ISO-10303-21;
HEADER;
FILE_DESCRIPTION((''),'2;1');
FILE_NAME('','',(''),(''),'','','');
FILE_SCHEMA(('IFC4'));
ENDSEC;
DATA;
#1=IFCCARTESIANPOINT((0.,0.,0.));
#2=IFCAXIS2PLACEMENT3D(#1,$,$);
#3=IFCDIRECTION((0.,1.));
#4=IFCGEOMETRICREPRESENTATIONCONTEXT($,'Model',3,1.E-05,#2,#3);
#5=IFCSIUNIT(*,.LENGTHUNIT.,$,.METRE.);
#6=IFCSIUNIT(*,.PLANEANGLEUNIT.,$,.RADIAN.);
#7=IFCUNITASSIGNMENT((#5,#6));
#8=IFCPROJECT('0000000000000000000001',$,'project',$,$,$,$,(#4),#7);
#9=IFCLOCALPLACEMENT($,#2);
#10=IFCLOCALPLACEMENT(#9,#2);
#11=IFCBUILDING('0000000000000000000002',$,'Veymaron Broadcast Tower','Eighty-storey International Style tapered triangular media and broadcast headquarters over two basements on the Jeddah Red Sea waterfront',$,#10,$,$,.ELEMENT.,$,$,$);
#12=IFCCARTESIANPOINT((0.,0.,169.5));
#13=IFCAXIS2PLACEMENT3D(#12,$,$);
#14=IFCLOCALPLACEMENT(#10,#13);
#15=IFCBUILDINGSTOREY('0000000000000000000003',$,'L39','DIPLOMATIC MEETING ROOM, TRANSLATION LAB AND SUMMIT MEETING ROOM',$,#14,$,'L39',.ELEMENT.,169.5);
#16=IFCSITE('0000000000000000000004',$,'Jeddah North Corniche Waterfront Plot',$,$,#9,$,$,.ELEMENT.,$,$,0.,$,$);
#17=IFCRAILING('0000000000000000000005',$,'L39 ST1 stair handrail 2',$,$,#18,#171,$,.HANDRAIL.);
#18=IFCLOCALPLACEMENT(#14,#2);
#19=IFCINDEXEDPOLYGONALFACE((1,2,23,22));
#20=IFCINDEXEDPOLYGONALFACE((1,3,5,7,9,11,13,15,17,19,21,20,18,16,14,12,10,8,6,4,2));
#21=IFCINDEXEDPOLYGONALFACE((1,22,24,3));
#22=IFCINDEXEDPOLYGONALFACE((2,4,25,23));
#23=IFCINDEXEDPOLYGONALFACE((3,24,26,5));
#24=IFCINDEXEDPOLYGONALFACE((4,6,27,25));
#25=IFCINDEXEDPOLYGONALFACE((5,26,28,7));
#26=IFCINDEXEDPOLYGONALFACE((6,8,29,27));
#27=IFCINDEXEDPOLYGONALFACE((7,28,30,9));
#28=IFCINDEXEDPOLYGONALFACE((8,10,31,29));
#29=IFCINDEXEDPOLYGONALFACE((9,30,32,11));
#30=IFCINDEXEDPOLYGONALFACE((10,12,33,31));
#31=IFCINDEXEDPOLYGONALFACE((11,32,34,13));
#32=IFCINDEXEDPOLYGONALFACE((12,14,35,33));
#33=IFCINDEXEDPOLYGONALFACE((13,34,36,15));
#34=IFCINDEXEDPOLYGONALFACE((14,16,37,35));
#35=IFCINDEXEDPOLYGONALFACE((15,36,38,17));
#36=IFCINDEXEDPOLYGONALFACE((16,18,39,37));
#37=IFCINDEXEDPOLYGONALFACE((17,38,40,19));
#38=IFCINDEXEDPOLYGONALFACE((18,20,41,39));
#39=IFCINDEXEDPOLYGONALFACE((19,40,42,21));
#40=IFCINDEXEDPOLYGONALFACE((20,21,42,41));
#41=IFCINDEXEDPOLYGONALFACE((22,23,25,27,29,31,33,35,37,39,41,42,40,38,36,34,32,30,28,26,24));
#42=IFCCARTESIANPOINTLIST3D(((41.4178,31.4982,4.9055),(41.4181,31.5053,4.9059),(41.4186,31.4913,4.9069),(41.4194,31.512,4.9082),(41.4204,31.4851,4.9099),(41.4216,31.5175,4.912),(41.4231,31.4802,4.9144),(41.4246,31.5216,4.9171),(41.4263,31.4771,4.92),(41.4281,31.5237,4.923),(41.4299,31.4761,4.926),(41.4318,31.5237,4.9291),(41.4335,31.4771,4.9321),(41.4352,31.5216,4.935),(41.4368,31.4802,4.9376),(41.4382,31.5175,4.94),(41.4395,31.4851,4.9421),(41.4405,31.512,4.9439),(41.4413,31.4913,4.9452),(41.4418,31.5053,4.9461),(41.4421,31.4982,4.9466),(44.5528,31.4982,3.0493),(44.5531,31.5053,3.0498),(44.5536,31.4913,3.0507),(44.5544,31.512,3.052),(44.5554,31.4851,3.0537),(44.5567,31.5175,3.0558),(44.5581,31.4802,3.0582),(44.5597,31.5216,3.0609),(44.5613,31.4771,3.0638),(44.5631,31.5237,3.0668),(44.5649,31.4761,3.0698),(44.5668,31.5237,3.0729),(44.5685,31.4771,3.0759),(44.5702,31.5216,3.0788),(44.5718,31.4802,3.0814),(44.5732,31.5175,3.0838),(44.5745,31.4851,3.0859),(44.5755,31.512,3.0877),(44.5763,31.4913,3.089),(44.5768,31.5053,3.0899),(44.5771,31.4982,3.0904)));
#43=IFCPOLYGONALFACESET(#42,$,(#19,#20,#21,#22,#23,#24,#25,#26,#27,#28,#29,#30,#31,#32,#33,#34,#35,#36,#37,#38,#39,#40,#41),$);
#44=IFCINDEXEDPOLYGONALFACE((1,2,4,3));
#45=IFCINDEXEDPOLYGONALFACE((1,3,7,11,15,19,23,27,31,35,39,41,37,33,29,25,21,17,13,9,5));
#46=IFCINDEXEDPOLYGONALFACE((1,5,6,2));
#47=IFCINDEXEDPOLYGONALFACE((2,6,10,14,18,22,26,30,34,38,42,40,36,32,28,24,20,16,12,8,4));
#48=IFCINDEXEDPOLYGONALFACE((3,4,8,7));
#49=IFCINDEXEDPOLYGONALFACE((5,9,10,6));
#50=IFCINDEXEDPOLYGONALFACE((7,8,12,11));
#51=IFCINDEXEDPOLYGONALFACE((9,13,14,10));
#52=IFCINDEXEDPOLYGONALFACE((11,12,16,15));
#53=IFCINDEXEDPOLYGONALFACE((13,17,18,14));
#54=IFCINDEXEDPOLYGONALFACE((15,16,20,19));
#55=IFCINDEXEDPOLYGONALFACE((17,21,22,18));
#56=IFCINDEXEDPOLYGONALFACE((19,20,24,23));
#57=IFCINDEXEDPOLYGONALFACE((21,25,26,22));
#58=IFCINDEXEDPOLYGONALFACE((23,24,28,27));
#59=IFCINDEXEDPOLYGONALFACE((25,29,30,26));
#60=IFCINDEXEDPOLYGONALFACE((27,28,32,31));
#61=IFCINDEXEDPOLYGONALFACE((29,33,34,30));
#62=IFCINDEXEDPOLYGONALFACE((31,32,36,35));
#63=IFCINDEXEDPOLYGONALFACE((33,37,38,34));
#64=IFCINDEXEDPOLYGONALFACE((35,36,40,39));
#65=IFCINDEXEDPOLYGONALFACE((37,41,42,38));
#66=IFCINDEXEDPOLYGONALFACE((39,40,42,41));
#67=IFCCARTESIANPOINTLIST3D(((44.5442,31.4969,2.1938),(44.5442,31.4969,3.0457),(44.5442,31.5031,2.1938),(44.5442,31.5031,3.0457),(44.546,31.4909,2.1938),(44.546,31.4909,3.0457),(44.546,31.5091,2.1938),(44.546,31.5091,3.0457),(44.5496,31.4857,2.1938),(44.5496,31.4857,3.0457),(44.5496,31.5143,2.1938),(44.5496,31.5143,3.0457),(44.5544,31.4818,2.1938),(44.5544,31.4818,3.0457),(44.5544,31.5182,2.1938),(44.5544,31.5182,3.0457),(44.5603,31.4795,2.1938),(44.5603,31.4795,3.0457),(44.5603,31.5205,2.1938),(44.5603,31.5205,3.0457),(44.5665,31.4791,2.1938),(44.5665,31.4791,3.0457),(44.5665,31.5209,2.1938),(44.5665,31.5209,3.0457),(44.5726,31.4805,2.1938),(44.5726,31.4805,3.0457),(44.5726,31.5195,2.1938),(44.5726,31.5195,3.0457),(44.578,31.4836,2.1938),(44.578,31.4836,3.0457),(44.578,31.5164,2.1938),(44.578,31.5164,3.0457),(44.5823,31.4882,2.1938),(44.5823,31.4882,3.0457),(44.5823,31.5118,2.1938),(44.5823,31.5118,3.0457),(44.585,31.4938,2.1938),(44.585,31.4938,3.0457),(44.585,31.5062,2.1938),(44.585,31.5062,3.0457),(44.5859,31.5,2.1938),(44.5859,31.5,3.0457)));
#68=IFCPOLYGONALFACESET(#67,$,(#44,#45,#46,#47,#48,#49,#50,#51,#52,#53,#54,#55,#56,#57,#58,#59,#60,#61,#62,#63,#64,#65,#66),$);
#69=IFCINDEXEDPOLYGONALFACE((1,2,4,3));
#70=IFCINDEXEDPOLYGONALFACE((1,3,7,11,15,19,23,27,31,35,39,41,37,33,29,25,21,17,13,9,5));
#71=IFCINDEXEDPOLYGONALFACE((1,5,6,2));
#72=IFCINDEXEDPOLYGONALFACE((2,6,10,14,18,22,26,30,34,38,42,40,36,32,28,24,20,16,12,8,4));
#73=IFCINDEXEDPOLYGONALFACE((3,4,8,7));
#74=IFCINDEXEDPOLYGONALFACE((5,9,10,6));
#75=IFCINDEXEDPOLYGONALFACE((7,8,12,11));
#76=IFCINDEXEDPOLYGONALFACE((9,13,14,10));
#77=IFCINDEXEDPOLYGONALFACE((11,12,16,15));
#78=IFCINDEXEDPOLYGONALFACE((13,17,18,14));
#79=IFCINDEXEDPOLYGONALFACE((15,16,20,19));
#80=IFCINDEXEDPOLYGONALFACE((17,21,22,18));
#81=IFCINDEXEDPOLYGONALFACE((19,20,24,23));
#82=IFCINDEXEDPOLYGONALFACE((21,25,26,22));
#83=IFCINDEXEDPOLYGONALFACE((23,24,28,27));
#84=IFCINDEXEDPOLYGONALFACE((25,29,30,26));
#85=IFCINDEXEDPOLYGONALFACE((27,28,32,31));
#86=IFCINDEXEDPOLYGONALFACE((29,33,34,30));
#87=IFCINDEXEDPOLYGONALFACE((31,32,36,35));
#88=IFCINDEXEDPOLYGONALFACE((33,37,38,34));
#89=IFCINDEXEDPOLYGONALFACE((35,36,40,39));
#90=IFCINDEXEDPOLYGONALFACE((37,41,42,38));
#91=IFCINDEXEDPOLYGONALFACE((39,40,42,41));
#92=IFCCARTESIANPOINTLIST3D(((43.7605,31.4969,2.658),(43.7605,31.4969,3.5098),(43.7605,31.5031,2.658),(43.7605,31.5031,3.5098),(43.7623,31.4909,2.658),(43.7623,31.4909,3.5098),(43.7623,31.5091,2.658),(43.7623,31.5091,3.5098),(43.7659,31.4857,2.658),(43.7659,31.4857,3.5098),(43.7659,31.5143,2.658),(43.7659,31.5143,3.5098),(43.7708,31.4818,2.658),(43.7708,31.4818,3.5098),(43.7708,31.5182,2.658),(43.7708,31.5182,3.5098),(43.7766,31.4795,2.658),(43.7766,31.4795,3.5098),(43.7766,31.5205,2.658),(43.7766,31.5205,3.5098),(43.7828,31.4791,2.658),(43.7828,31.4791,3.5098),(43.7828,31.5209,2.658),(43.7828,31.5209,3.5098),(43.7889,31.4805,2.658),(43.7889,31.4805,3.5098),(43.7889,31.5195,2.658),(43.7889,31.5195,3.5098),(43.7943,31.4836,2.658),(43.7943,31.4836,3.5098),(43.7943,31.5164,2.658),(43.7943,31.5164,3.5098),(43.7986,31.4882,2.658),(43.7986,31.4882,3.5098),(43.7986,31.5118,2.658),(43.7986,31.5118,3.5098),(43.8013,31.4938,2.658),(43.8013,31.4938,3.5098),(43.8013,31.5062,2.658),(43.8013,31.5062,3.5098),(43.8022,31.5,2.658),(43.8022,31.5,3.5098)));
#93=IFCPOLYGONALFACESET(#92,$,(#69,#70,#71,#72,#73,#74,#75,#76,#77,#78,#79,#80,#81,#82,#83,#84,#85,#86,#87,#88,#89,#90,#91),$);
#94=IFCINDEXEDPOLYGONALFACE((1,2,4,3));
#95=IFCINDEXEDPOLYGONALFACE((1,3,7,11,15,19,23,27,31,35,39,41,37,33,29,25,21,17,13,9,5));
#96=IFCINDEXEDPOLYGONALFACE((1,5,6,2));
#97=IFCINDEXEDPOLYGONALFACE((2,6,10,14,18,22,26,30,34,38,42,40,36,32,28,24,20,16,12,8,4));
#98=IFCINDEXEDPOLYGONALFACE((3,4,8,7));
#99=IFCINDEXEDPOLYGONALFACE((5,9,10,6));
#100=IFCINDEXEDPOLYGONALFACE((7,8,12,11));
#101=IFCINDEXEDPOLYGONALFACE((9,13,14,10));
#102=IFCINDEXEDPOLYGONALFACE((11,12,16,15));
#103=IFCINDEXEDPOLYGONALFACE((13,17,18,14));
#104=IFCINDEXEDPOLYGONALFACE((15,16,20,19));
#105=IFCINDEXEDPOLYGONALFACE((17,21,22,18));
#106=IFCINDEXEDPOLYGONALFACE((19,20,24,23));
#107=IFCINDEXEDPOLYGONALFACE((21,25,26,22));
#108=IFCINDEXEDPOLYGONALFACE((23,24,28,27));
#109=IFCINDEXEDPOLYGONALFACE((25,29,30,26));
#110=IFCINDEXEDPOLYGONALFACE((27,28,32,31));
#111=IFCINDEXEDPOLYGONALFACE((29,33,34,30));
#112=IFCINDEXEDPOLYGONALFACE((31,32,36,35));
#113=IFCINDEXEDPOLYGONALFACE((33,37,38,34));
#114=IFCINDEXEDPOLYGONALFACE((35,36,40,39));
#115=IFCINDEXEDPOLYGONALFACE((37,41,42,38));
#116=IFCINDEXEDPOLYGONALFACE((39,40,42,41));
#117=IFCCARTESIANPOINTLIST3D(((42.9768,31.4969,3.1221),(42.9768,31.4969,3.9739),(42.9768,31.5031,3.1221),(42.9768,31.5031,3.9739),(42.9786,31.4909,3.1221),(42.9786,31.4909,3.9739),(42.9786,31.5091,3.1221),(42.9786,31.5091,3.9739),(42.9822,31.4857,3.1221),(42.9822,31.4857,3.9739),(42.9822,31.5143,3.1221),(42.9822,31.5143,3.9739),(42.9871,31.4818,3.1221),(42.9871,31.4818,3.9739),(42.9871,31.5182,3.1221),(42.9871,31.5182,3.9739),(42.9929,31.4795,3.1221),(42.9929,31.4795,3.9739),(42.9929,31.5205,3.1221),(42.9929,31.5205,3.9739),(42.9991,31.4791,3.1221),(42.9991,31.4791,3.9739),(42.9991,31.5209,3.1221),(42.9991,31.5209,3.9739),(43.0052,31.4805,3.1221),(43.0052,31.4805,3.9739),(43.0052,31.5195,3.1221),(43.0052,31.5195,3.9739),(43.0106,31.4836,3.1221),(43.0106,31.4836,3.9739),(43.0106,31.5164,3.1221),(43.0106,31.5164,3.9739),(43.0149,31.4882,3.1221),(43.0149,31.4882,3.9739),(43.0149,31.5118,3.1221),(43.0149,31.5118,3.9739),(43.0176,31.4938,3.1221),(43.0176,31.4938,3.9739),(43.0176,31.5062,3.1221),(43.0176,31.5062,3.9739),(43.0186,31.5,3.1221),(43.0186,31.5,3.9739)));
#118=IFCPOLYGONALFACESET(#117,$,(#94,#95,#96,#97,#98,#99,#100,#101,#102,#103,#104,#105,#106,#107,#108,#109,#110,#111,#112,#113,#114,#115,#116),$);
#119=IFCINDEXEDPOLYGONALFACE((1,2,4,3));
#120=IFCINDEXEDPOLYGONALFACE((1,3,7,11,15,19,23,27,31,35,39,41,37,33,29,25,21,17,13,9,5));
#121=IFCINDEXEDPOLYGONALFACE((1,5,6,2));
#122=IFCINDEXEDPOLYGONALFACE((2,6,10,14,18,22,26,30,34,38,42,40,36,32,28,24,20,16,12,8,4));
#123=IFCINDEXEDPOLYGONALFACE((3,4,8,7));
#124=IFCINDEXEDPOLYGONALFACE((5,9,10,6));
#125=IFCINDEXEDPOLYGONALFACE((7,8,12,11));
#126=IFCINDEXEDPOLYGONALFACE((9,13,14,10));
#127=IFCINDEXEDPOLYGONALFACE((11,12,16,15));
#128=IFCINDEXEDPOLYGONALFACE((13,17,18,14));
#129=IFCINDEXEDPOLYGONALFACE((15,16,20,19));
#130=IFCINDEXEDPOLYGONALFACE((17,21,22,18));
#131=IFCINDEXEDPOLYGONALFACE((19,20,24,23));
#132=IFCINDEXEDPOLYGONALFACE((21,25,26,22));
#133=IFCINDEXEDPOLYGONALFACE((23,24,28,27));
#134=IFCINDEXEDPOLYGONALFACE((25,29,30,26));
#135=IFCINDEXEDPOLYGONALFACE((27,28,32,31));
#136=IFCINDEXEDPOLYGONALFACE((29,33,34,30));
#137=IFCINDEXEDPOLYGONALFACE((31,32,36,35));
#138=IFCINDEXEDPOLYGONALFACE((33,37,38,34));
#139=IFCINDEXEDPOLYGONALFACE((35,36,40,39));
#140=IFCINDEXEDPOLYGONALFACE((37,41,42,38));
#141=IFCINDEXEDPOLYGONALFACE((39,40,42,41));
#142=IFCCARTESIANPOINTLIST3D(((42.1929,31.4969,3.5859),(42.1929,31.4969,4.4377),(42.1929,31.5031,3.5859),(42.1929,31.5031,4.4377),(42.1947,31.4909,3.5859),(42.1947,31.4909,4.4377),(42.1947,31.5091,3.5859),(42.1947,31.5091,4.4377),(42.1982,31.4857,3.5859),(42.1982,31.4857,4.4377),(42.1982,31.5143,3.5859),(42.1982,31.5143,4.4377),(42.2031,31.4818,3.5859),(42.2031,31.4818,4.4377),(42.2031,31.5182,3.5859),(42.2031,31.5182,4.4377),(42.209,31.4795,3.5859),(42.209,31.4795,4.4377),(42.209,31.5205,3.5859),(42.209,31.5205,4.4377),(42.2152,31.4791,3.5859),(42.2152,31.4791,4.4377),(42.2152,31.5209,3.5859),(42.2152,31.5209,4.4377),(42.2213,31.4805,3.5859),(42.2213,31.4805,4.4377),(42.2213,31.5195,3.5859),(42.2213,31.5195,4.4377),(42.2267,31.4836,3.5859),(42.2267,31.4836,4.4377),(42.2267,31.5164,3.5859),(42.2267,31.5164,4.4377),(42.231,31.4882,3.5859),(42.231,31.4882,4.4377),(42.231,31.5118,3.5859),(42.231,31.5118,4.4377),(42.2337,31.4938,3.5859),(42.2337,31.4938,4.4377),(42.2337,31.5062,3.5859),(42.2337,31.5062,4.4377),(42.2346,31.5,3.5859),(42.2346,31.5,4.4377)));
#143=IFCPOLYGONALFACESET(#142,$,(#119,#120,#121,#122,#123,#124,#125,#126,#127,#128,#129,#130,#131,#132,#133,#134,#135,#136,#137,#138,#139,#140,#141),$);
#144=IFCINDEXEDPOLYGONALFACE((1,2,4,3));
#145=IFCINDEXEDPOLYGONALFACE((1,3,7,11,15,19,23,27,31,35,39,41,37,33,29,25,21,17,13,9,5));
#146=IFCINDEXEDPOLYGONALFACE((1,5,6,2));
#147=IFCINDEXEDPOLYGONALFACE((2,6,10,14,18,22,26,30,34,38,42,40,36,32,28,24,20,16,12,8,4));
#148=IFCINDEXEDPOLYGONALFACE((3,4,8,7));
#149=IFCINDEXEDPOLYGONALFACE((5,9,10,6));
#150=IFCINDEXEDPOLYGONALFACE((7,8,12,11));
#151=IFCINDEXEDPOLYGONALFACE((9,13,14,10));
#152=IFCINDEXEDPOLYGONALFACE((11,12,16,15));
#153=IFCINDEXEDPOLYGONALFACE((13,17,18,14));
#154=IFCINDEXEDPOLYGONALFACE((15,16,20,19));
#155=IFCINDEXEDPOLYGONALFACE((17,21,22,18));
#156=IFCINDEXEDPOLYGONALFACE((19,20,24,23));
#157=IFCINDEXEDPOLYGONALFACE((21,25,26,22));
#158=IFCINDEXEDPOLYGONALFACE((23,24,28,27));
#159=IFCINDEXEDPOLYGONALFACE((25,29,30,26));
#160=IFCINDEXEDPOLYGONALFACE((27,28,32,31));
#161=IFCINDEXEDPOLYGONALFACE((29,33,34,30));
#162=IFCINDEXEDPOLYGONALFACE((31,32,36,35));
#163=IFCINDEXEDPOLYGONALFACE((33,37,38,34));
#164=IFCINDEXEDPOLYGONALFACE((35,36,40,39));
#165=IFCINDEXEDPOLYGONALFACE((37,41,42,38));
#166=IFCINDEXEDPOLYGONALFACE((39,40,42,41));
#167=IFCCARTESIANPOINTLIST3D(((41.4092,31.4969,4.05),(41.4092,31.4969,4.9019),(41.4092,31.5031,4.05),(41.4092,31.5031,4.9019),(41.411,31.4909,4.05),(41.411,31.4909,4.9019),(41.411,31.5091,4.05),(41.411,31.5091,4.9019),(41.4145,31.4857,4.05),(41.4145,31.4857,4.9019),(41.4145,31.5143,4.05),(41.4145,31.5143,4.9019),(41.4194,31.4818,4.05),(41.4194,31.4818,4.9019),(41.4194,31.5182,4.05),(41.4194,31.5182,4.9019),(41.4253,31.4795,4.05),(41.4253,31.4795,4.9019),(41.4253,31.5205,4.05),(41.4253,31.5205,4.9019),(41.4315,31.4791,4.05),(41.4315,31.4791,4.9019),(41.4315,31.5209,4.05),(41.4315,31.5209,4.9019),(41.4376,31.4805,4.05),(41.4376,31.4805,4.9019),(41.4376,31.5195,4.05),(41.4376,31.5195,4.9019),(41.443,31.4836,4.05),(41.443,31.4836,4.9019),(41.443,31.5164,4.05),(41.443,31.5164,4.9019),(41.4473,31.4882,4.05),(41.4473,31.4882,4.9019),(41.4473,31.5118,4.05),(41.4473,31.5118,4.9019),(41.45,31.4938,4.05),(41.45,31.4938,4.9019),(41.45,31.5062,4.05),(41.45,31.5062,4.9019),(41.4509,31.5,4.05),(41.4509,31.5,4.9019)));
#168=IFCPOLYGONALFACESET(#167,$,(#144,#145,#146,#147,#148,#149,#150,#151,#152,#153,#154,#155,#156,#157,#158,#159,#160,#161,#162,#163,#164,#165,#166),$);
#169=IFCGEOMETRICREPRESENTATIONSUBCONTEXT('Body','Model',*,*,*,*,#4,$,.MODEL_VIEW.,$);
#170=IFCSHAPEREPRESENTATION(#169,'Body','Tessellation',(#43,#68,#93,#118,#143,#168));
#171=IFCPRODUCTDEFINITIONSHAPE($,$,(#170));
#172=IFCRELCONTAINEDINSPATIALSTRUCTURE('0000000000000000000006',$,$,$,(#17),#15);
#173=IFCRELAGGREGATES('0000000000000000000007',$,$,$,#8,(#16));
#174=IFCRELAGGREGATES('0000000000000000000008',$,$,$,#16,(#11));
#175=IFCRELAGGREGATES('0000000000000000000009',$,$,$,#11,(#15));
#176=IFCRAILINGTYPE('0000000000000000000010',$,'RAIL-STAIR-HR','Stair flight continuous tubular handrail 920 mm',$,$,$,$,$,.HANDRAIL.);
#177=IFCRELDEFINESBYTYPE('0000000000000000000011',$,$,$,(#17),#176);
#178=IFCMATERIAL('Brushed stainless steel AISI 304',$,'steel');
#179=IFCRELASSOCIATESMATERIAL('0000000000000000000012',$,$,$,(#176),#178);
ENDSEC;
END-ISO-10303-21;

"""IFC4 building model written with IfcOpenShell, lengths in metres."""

from ifc_helpers import new_model, si_unit, direction, frame, origin, origin_2d, place, context, subcontext, project, spatial, circle, extrude, material, type_object, element, save


model = new_model("IFC4")

# Units and contexts
model_context = context("Model", 3, precision=1e-05, world=origin(), true_north=direction((0.0, 1.0)))
body_context = subcontext(model_context, "Body", "Model", "MODEL_VIEW")
ifc_project = project(units=[si_unit("LENGTHUNIT", "METRE"), si_unit("PLANEANGLEUNIT", "RADIAN")], contexts=[model_context])

# Site, building, storey
site_placement = place(None, origin())
site = spatial("IfcSite", under=ifc_project, at=site_placement, Name="Jeddah North Corniche Waterfront Plot", CompositionType="ELEMENT", RefElevation=0.0)
building_placement = place(site_placement, origin())
building = spatial("IfcBuilding", under=site, at=building_placement, Name="Veymaron Broadcast Tower", Description="Eighty-storey International Style tapered triangular media and broadcast headquarters over two basements on the Jeddah Red Sea waterfront", CompositionType="ELEMENT")
storey_placement = place(building_placement, frame((0.0, 0.0, 169.5)))
storey = spatial("IfcBuildingStorey", under=building, at=storey_placement, Name="L39", Description="DIPLOMATIC MEETING ROOM, TRANSLATION LAB AND SUMMIT MEETING ROOM", LongName="L39", CompositionType="ELEMENT", Elevation=169.5)

# Shared definitions
ifc_material_1 = material(Name="Brushed stainless steel AISI 304", Category="steel")

# Railing
railing_type_1 = type_object("IfcRailingType", Name="RAIL-STAIR-HR", Description="Stair flight continuous tubular handrail 920 mm", PredefinedType="HANDRAIL", material=ifc_material_1)
railing_1_placement = place(storey_placement, frame((44.5649, 31.5, 2.1938)))
element("IfcRailing", 1, at=railing_1_placement, inside=storey, type_object=railing_type_1, Name="L39 ST1 stair handrail 2", PredefinedType="HANDRAIL", context=body_context, shape_type="SweptSolid", body=[
    extrude(circle(Radius=0.0239, at=origin_2d()), frame((0.0, 0.0, 0.876), z_axis=(-0.860482, 0.0, 0.509481), x_axis=(0.0, -1.0, 0.0)), (0.0, 0.0, 1.0), 3.6433),
    extrude(circle(Radius=0.021, at=origin_2d()), origin(), (0.0, 0.0, 1.0), 0.8518),
    extrude(circle(Radius=0.021, at=origin_2d()), frame((-0.7837, 0.0, 0.4641)), (0.0, 0.0, 1.0), 0.8518),
    extrude(circle(Radius=0.021, at=origin_2d()), frame((-1.5674, 0.0, 0.9282)), (0.0, 0.0, 1.0), 0.8518),
    extrude(circle(Radius=0.021, at=origin_2d()), frame((-2.3513, 0.0, 1.3921)), (0.0, 0.0, 1.0), 0.8518),
    extrude(circle(Radius=0.021, at=origin_2d()), frame((-3.135, 0.0, 1.8562)), (0.0, 0.0, 1.0), 0.8518),
])

save(model, "model.ifc")
